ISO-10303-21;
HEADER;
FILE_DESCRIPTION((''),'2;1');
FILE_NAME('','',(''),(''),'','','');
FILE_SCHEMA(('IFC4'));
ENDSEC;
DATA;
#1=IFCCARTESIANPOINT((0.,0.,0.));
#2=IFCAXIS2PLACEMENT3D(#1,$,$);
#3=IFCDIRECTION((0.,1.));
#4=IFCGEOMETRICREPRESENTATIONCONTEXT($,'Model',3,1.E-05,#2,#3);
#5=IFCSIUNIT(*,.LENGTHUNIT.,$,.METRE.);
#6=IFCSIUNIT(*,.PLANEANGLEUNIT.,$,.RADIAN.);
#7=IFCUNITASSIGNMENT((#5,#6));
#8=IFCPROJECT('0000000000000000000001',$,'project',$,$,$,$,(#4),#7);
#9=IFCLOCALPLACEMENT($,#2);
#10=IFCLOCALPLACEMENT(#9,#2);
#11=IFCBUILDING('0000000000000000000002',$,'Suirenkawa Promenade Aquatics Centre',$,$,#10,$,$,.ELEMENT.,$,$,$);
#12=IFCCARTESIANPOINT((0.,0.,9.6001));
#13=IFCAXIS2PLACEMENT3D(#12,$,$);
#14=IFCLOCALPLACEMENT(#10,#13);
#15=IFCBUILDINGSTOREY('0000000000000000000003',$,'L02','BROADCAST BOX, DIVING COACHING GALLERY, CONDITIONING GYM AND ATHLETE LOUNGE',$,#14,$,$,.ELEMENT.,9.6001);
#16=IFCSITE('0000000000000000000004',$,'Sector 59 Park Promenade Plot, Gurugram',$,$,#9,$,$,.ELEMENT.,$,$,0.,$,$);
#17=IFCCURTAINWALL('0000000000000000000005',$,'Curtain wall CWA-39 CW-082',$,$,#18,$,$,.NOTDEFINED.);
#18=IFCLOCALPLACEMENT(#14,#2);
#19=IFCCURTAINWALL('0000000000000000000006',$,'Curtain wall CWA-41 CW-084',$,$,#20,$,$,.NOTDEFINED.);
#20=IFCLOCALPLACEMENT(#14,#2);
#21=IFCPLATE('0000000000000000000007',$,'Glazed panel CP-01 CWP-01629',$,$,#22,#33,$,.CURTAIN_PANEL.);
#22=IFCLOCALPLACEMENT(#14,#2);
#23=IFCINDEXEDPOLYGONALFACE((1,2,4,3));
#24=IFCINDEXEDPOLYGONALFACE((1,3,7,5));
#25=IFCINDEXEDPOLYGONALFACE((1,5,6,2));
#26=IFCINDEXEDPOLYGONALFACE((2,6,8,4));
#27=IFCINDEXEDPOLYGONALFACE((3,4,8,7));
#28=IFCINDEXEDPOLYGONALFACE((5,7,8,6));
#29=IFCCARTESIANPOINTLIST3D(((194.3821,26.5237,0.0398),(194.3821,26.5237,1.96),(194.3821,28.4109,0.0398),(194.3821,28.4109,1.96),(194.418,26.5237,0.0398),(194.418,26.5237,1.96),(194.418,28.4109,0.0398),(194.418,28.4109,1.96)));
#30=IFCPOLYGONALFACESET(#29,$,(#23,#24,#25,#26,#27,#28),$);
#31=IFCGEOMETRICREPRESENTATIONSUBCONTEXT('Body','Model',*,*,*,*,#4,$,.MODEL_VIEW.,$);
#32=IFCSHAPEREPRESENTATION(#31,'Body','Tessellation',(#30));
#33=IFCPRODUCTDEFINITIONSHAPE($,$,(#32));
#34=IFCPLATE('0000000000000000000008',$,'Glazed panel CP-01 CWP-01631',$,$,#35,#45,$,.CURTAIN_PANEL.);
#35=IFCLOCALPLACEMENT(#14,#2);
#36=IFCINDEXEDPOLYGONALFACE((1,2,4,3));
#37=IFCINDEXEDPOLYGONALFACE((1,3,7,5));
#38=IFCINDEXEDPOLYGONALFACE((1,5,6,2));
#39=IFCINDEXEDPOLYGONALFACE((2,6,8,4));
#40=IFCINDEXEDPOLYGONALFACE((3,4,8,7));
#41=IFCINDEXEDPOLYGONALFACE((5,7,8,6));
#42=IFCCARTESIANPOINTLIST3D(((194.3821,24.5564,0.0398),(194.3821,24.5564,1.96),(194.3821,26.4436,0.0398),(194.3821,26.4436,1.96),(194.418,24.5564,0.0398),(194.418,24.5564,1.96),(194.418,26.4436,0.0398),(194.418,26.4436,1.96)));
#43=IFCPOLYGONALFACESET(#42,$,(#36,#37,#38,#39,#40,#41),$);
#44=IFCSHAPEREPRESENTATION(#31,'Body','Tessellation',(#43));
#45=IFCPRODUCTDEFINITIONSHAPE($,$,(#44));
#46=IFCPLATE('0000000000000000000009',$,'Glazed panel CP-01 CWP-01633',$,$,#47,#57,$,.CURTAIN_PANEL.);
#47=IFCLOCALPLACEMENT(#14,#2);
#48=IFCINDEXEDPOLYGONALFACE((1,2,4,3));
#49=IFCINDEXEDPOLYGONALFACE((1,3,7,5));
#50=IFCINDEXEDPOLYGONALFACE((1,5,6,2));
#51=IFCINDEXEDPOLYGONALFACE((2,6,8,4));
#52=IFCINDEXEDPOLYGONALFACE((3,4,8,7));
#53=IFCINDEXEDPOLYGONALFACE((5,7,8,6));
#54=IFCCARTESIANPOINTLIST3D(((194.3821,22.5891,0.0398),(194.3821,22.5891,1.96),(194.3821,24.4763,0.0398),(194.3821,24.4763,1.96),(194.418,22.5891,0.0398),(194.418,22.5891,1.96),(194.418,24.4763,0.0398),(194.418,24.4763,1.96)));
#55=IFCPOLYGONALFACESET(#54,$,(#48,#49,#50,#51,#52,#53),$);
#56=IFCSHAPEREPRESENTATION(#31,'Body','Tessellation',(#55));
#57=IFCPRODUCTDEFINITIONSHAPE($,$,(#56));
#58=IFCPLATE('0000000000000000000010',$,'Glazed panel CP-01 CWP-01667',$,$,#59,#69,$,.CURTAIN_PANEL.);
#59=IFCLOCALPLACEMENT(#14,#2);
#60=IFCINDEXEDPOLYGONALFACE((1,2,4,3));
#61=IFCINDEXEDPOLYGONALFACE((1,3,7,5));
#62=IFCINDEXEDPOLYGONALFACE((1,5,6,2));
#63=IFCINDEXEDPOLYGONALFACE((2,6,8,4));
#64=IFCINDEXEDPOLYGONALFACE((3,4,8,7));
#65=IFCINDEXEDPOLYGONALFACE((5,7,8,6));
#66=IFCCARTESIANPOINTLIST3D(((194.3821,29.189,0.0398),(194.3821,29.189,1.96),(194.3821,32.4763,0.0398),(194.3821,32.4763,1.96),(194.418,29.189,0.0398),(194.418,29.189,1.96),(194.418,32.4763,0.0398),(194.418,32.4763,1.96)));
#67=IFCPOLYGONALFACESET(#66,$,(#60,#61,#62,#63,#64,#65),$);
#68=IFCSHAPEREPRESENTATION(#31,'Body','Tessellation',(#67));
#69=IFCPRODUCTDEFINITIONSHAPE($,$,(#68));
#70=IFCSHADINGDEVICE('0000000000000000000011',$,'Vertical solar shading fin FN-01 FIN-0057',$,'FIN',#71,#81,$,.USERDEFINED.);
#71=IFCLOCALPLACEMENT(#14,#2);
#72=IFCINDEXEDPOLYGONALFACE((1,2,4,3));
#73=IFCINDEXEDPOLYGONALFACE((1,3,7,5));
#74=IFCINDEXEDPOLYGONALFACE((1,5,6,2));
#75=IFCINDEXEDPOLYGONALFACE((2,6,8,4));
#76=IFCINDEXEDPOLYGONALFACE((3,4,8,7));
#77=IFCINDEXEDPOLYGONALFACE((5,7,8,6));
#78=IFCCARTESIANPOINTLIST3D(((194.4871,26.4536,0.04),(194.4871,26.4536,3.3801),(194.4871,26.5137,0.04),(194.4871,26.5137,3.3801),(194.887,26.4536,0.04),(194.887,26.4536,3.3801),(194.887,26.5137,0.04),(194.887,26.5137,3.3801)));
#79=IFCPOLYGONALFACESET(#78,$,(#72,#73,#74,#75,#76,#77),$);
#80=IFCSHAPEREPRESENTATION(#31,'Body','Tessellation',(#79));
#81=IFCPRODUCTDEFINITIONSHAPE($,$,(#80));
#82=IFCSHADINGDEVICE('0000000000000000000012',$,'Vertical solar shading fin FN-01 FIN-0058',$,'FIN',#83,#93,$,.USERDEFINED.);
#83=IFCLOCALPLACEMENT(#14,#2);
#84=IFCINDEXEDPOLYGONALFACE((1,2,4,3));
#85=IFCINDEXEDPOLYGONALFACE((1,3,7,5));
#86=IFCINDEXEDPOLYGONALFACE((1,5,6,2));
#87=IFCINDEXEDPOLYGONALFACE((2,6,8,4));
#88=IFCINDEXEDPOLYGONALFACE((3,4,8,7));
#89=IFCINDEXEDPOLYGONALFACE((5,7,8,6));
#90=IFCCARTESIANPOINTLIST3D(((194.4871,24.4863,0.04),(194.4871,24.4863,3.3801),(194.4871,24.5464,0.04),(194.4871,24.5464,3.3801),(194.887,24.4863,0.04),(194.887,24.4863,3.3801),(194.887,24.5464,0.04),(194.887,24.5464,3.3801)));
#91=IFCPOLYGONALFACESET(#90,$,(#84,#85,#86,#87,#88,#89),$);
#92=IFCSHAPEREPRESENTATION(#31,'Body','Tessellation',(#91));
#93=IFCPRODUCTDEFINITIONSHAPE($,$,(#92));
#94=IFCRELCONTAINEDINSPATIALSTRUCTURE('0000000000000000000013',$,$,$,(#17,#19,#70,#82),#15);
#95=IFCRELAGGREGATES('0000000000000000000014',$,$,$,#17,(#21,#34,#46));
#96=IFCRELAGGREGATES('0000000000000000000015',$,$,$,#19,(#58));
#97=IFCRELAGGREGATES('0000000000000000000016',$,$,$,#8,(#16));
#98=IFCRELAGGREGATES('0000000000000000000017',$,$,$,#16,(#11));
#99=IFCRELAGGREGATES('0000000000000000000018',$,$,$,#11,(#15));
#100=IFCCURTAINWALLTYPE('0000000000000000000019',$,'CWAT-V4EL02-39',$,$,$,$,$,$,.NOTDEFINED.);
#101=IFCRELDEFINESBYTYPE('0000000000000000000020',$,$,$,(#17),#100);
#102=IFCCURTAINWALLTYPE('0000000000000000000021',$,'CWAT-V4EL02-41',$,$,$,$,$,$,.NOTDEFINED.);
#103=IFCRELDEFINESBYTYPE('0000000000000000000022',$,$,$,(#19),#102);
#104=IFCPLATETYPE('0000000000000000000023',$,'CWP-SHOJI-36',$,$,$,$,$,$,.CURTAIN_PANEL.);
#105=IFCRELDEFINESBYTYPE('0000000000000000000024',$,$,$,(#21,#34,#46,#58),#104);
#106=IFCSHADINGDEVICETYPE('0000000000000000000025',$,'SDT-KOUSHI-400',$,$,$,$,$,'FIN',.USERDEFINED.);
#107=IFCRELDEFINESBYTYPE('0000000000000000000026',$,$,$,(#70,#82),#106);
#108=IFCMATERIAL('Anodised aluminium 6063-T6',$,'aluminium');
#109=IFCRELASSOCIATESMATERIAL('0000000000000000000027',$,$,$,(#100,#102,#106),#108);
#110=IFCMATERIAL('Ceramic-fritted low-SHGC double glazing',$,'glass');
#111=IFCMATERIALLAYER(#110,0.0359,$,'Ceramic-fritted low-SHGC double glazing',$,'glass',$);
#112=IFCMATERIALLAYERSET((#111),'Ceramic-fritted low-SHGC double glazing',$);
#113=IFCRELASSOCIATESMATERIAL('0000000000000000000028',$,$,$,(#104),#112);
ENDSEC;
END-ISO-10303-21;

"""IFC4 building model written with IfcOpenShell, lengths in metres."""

from ifc_helpers import new_model, si_unit, direction, frame, origin, origin_2d, place, context, subcontext, project, spatial, polyline, rectangle, outline, extrude, material, layer, layer_set, type_object, element, aggregate, save


model = new_model("IFC4")

# Units and contexts
model_context = context("Model", 3, precision=1e-05, world=origin(), true_north=direction((0.0, 1.0)))
body_context = subcontext(model_context, "Body", "Model", "MODEL_VIEW")
ifc_project = project(units=[si_unit("LENGTHUNIT", "METRE"), si_unit("PLANEANGLEUNIT", "RADIAN")], contexts=[model_context])

# Site, building, storey
site_placement = place(None, origin())
site = spatial("IfcSite", under=ifc_project, at=site_placement, Name="Sector 59 Park Promenade Plot, Gurugram", CompositionType="ELEMENT", RefElevation=0.0)
building_placement = place(site_placement, origin())
building = spatial("IfcBuilding", under=site, at=building_placement, Name="Suirenkawa Promenade Aquatics Centre", CompositionType="ELEMENT")
storey_placement = place(building_placement, frame((0.0, 0.0, 9.6001)))
storey = spatial("IfcBuildingStorey", under=building, at=storey_placement, Name="L02", Description="BROADCAST BOX, DIVING COACHING GALLERY, CONDITIONING GYM AND ATHLETE LOUNGE", CompositionType="ELEMENT", Elevation=9.6001)

# Curtain walls
ifc_material_1 = material(Name="Anodised aluminium 6063-T6", Category="aluminium")
curtain_wall_type_1 = type_object("IfcCurtainWallType", Name="CWAT-V4EL02-39", PredefinedType="NOTDEFINED", material=ifc_material_1)
curtain_wall_1_placement = place(storey_placement, origin())
curtain_wall_1 = element("IfcCurtainWall", 1, at=curtain_wall_1_placement, inside=storey, type_object=curtain_wall_type_1, Name="Curtain wall CWA-39 CW-082", PredefinedType="NOTDEFINED")
curtain_wall_type_2 = type_object("IfcCurtainWallType", Name="CWAT-V4EL02-41", PredefinedType="NOTDEFINED", material=ifc_material_1)
curtain_wall_2_placement = place(storey_placement, origin())
curtain_wall_2 = element("IfcCurtainWall", 2, at=curtain_wall_2_placement, inside=storey, type_object=curtain_wall_type_2, Name="Curtain wall CWA-41 CW-084", PredefinedType="NOTDEFINED")

# Plates
ifc_material_2 = material(Name="Ceramic-fritted low-SHGC double glazing", Category="glass")
ifc_layer = layer(ifc_material_2, 0.0359, Name="Ceramic-fritted low-SHGC double glazing", Category="glass")
ifc_layer_set = layer_set([ifc_layer], Name="Ceramic-fritted low-SHGC double glazing")
plate_type = type_object("IfcPlateType", Name="CWP-SHOJI-36", PredefinedType="CURTAIN_PANEL", material=ifc_layer_set)
plate_1_placement = place(storey_placement, frame((194.3999, 28.4509, 0.0398), z_axis=(0.0, 0.0, 1.0), x_axis=(0.0, -1.0, 0.0)))
plate_1 = element("IfcPlate", 3, at=plate_1_placement, type_object=plate_type, Name="Glazed panel CP-01 CWP-01629", PredefinedType="CURTAIN_PANEL", context=body_context, shape_type="SweptSolid", body=[
    extrude(outline(polyline([(0.04, 0.0), (1.9272, 0.0), (1.9272, 1.9202), (0.04, 1.9202), (0.04, 0.0)])), frame((0.0, 0.0181, 0.0), z_axis=(0.0, -1.0, 0.0), x_axis=(1.0, 0.0, 0.0)), (0.0, 0.0, 1.0), 0.0359),
])
plate_2_placement = place(storey_placement, frame((194.3999, 26.4836, 0.0398), z_axis=(0.0, 0.0, 1.0), x_axis=(0.0, -1.0, 0.0)))
plate_2 = element("IfcPlate", 4, at=plate_2_placement, type_object=plate_type, Name="Glazed panel CP-01 CWP-01631", PredefinedType="CURTAIN_PANEL", context=body_context, shape_type="SweptSolid", body=[
    extrude(outline(polyline([(0.04, 0.0), (1.9272, 0.0), (1.9272, 1.9202), (0.04, 1.9202), (0.04, 0.0)])), frame((0.0, 0.0181, 0.0), z_axis=(0.0, -1.0, 0.0), x_axis=(1.0, 0.0, 0.0)), (0.0, 0.0, 1.0), 0.0359),
])
plate_3_placement = place(storey_placement, frame((194.3999, 24.5164, 0.0398), z_axis=(0.0, 0.0, 1.0), x_axis=(0.0, -1.0, 0.0)))
plate_3 = element("IfcPlate", 5, at=plate_3_placement, type_object=plate_type, Name="Glazed panel CP-01 CWP-01633", PredefinedType="CURTAIN_PANEL", context=body_context, shape_type="SweptSolid", body=[
    extrude(outline(polyline([(0.04, 0.0), (1.9272, 0.0), (1.9272, 1.9202), (0.04, 1.9202), (0.04, 0.0)])), frame((0.0, 0.0181, 0.0), z_axis=(0.0, -1.0, 0.0), x_axis=(1.0, 0.0, 0.0)), (0.0, 0.0, 1.0), 0.0359),
])
aggregate(curtain_wall_1, [plate_1, plate_2, plate_3])
plate_4_placement = place(storey_placement, frame((194.3999, 32.5164, 0.0398), z_axis=(0.0, 0.0, 1.0), x_axis=(0.0, -1.0, 0.0)))
plate_4 = element("IfcPlate", 6, at=plate_4_placement, type_object=plate_type, Name="Glazed panel CP-01 CWP-01667", PredefinedType="CURTAIN_PANEL", context=body_context, shape_type="SweptSolid", body=[
    extrude(outline(polyline([(0.04, 0.0), (3.3274, 0.0), (3.3274, 1.9202), (0.04, 1.9202), (0.04, 0.0)])), frame((0.0, 0.0181, 0.0), z_axis=(0.0, -1.0, 0.0), x_axis=(1.0, 0.0, 0.0)), (0.0, 0.0, 1.0), 0.0359),
])
aggregate(curtain_wall_2, [plate_4])

# Shading devices
shading_device_type = type_object("IfcShadingDeviceType", Name="SDT-KOUSHI-400", ElementType="FIN", PredefinedType="USERDEFINED", material=ifc_material_1)
for number, where, z_axis, x_axis, name in (
    (7, (194.687, 26.4836, 0.04), (0.0, 0.0, 1.0), (1.0, 0.0, 0.0), "Vertical solar shading fin FN-01 FIN-0057"),
    (8, (194.687, 24.5164, 0.04), (0.0, 0.0, 1.0), (1.0, 0.0, 0.0), "Vertical solar shading fin FN-01 FIN-0058"),
):
    element("IfcShadingDevice", number, at=place(storey_placement, frame(where, z_axis=z_axis, x_axis=x_axis)), inside=storey, type_object=shading_device_type, Name=name, ObjectType="FIN", PredefinedType="USERDEFINED", context=body_context, shape_type="SweptSolid", body=[
        extrude(rectangle(XDim=0.3999, YDim=0.0601, at=origin_2d()), origin(), (0.0, 0.0, 1.0), 3.3401),
    ])

save(model, "model.ifc")
